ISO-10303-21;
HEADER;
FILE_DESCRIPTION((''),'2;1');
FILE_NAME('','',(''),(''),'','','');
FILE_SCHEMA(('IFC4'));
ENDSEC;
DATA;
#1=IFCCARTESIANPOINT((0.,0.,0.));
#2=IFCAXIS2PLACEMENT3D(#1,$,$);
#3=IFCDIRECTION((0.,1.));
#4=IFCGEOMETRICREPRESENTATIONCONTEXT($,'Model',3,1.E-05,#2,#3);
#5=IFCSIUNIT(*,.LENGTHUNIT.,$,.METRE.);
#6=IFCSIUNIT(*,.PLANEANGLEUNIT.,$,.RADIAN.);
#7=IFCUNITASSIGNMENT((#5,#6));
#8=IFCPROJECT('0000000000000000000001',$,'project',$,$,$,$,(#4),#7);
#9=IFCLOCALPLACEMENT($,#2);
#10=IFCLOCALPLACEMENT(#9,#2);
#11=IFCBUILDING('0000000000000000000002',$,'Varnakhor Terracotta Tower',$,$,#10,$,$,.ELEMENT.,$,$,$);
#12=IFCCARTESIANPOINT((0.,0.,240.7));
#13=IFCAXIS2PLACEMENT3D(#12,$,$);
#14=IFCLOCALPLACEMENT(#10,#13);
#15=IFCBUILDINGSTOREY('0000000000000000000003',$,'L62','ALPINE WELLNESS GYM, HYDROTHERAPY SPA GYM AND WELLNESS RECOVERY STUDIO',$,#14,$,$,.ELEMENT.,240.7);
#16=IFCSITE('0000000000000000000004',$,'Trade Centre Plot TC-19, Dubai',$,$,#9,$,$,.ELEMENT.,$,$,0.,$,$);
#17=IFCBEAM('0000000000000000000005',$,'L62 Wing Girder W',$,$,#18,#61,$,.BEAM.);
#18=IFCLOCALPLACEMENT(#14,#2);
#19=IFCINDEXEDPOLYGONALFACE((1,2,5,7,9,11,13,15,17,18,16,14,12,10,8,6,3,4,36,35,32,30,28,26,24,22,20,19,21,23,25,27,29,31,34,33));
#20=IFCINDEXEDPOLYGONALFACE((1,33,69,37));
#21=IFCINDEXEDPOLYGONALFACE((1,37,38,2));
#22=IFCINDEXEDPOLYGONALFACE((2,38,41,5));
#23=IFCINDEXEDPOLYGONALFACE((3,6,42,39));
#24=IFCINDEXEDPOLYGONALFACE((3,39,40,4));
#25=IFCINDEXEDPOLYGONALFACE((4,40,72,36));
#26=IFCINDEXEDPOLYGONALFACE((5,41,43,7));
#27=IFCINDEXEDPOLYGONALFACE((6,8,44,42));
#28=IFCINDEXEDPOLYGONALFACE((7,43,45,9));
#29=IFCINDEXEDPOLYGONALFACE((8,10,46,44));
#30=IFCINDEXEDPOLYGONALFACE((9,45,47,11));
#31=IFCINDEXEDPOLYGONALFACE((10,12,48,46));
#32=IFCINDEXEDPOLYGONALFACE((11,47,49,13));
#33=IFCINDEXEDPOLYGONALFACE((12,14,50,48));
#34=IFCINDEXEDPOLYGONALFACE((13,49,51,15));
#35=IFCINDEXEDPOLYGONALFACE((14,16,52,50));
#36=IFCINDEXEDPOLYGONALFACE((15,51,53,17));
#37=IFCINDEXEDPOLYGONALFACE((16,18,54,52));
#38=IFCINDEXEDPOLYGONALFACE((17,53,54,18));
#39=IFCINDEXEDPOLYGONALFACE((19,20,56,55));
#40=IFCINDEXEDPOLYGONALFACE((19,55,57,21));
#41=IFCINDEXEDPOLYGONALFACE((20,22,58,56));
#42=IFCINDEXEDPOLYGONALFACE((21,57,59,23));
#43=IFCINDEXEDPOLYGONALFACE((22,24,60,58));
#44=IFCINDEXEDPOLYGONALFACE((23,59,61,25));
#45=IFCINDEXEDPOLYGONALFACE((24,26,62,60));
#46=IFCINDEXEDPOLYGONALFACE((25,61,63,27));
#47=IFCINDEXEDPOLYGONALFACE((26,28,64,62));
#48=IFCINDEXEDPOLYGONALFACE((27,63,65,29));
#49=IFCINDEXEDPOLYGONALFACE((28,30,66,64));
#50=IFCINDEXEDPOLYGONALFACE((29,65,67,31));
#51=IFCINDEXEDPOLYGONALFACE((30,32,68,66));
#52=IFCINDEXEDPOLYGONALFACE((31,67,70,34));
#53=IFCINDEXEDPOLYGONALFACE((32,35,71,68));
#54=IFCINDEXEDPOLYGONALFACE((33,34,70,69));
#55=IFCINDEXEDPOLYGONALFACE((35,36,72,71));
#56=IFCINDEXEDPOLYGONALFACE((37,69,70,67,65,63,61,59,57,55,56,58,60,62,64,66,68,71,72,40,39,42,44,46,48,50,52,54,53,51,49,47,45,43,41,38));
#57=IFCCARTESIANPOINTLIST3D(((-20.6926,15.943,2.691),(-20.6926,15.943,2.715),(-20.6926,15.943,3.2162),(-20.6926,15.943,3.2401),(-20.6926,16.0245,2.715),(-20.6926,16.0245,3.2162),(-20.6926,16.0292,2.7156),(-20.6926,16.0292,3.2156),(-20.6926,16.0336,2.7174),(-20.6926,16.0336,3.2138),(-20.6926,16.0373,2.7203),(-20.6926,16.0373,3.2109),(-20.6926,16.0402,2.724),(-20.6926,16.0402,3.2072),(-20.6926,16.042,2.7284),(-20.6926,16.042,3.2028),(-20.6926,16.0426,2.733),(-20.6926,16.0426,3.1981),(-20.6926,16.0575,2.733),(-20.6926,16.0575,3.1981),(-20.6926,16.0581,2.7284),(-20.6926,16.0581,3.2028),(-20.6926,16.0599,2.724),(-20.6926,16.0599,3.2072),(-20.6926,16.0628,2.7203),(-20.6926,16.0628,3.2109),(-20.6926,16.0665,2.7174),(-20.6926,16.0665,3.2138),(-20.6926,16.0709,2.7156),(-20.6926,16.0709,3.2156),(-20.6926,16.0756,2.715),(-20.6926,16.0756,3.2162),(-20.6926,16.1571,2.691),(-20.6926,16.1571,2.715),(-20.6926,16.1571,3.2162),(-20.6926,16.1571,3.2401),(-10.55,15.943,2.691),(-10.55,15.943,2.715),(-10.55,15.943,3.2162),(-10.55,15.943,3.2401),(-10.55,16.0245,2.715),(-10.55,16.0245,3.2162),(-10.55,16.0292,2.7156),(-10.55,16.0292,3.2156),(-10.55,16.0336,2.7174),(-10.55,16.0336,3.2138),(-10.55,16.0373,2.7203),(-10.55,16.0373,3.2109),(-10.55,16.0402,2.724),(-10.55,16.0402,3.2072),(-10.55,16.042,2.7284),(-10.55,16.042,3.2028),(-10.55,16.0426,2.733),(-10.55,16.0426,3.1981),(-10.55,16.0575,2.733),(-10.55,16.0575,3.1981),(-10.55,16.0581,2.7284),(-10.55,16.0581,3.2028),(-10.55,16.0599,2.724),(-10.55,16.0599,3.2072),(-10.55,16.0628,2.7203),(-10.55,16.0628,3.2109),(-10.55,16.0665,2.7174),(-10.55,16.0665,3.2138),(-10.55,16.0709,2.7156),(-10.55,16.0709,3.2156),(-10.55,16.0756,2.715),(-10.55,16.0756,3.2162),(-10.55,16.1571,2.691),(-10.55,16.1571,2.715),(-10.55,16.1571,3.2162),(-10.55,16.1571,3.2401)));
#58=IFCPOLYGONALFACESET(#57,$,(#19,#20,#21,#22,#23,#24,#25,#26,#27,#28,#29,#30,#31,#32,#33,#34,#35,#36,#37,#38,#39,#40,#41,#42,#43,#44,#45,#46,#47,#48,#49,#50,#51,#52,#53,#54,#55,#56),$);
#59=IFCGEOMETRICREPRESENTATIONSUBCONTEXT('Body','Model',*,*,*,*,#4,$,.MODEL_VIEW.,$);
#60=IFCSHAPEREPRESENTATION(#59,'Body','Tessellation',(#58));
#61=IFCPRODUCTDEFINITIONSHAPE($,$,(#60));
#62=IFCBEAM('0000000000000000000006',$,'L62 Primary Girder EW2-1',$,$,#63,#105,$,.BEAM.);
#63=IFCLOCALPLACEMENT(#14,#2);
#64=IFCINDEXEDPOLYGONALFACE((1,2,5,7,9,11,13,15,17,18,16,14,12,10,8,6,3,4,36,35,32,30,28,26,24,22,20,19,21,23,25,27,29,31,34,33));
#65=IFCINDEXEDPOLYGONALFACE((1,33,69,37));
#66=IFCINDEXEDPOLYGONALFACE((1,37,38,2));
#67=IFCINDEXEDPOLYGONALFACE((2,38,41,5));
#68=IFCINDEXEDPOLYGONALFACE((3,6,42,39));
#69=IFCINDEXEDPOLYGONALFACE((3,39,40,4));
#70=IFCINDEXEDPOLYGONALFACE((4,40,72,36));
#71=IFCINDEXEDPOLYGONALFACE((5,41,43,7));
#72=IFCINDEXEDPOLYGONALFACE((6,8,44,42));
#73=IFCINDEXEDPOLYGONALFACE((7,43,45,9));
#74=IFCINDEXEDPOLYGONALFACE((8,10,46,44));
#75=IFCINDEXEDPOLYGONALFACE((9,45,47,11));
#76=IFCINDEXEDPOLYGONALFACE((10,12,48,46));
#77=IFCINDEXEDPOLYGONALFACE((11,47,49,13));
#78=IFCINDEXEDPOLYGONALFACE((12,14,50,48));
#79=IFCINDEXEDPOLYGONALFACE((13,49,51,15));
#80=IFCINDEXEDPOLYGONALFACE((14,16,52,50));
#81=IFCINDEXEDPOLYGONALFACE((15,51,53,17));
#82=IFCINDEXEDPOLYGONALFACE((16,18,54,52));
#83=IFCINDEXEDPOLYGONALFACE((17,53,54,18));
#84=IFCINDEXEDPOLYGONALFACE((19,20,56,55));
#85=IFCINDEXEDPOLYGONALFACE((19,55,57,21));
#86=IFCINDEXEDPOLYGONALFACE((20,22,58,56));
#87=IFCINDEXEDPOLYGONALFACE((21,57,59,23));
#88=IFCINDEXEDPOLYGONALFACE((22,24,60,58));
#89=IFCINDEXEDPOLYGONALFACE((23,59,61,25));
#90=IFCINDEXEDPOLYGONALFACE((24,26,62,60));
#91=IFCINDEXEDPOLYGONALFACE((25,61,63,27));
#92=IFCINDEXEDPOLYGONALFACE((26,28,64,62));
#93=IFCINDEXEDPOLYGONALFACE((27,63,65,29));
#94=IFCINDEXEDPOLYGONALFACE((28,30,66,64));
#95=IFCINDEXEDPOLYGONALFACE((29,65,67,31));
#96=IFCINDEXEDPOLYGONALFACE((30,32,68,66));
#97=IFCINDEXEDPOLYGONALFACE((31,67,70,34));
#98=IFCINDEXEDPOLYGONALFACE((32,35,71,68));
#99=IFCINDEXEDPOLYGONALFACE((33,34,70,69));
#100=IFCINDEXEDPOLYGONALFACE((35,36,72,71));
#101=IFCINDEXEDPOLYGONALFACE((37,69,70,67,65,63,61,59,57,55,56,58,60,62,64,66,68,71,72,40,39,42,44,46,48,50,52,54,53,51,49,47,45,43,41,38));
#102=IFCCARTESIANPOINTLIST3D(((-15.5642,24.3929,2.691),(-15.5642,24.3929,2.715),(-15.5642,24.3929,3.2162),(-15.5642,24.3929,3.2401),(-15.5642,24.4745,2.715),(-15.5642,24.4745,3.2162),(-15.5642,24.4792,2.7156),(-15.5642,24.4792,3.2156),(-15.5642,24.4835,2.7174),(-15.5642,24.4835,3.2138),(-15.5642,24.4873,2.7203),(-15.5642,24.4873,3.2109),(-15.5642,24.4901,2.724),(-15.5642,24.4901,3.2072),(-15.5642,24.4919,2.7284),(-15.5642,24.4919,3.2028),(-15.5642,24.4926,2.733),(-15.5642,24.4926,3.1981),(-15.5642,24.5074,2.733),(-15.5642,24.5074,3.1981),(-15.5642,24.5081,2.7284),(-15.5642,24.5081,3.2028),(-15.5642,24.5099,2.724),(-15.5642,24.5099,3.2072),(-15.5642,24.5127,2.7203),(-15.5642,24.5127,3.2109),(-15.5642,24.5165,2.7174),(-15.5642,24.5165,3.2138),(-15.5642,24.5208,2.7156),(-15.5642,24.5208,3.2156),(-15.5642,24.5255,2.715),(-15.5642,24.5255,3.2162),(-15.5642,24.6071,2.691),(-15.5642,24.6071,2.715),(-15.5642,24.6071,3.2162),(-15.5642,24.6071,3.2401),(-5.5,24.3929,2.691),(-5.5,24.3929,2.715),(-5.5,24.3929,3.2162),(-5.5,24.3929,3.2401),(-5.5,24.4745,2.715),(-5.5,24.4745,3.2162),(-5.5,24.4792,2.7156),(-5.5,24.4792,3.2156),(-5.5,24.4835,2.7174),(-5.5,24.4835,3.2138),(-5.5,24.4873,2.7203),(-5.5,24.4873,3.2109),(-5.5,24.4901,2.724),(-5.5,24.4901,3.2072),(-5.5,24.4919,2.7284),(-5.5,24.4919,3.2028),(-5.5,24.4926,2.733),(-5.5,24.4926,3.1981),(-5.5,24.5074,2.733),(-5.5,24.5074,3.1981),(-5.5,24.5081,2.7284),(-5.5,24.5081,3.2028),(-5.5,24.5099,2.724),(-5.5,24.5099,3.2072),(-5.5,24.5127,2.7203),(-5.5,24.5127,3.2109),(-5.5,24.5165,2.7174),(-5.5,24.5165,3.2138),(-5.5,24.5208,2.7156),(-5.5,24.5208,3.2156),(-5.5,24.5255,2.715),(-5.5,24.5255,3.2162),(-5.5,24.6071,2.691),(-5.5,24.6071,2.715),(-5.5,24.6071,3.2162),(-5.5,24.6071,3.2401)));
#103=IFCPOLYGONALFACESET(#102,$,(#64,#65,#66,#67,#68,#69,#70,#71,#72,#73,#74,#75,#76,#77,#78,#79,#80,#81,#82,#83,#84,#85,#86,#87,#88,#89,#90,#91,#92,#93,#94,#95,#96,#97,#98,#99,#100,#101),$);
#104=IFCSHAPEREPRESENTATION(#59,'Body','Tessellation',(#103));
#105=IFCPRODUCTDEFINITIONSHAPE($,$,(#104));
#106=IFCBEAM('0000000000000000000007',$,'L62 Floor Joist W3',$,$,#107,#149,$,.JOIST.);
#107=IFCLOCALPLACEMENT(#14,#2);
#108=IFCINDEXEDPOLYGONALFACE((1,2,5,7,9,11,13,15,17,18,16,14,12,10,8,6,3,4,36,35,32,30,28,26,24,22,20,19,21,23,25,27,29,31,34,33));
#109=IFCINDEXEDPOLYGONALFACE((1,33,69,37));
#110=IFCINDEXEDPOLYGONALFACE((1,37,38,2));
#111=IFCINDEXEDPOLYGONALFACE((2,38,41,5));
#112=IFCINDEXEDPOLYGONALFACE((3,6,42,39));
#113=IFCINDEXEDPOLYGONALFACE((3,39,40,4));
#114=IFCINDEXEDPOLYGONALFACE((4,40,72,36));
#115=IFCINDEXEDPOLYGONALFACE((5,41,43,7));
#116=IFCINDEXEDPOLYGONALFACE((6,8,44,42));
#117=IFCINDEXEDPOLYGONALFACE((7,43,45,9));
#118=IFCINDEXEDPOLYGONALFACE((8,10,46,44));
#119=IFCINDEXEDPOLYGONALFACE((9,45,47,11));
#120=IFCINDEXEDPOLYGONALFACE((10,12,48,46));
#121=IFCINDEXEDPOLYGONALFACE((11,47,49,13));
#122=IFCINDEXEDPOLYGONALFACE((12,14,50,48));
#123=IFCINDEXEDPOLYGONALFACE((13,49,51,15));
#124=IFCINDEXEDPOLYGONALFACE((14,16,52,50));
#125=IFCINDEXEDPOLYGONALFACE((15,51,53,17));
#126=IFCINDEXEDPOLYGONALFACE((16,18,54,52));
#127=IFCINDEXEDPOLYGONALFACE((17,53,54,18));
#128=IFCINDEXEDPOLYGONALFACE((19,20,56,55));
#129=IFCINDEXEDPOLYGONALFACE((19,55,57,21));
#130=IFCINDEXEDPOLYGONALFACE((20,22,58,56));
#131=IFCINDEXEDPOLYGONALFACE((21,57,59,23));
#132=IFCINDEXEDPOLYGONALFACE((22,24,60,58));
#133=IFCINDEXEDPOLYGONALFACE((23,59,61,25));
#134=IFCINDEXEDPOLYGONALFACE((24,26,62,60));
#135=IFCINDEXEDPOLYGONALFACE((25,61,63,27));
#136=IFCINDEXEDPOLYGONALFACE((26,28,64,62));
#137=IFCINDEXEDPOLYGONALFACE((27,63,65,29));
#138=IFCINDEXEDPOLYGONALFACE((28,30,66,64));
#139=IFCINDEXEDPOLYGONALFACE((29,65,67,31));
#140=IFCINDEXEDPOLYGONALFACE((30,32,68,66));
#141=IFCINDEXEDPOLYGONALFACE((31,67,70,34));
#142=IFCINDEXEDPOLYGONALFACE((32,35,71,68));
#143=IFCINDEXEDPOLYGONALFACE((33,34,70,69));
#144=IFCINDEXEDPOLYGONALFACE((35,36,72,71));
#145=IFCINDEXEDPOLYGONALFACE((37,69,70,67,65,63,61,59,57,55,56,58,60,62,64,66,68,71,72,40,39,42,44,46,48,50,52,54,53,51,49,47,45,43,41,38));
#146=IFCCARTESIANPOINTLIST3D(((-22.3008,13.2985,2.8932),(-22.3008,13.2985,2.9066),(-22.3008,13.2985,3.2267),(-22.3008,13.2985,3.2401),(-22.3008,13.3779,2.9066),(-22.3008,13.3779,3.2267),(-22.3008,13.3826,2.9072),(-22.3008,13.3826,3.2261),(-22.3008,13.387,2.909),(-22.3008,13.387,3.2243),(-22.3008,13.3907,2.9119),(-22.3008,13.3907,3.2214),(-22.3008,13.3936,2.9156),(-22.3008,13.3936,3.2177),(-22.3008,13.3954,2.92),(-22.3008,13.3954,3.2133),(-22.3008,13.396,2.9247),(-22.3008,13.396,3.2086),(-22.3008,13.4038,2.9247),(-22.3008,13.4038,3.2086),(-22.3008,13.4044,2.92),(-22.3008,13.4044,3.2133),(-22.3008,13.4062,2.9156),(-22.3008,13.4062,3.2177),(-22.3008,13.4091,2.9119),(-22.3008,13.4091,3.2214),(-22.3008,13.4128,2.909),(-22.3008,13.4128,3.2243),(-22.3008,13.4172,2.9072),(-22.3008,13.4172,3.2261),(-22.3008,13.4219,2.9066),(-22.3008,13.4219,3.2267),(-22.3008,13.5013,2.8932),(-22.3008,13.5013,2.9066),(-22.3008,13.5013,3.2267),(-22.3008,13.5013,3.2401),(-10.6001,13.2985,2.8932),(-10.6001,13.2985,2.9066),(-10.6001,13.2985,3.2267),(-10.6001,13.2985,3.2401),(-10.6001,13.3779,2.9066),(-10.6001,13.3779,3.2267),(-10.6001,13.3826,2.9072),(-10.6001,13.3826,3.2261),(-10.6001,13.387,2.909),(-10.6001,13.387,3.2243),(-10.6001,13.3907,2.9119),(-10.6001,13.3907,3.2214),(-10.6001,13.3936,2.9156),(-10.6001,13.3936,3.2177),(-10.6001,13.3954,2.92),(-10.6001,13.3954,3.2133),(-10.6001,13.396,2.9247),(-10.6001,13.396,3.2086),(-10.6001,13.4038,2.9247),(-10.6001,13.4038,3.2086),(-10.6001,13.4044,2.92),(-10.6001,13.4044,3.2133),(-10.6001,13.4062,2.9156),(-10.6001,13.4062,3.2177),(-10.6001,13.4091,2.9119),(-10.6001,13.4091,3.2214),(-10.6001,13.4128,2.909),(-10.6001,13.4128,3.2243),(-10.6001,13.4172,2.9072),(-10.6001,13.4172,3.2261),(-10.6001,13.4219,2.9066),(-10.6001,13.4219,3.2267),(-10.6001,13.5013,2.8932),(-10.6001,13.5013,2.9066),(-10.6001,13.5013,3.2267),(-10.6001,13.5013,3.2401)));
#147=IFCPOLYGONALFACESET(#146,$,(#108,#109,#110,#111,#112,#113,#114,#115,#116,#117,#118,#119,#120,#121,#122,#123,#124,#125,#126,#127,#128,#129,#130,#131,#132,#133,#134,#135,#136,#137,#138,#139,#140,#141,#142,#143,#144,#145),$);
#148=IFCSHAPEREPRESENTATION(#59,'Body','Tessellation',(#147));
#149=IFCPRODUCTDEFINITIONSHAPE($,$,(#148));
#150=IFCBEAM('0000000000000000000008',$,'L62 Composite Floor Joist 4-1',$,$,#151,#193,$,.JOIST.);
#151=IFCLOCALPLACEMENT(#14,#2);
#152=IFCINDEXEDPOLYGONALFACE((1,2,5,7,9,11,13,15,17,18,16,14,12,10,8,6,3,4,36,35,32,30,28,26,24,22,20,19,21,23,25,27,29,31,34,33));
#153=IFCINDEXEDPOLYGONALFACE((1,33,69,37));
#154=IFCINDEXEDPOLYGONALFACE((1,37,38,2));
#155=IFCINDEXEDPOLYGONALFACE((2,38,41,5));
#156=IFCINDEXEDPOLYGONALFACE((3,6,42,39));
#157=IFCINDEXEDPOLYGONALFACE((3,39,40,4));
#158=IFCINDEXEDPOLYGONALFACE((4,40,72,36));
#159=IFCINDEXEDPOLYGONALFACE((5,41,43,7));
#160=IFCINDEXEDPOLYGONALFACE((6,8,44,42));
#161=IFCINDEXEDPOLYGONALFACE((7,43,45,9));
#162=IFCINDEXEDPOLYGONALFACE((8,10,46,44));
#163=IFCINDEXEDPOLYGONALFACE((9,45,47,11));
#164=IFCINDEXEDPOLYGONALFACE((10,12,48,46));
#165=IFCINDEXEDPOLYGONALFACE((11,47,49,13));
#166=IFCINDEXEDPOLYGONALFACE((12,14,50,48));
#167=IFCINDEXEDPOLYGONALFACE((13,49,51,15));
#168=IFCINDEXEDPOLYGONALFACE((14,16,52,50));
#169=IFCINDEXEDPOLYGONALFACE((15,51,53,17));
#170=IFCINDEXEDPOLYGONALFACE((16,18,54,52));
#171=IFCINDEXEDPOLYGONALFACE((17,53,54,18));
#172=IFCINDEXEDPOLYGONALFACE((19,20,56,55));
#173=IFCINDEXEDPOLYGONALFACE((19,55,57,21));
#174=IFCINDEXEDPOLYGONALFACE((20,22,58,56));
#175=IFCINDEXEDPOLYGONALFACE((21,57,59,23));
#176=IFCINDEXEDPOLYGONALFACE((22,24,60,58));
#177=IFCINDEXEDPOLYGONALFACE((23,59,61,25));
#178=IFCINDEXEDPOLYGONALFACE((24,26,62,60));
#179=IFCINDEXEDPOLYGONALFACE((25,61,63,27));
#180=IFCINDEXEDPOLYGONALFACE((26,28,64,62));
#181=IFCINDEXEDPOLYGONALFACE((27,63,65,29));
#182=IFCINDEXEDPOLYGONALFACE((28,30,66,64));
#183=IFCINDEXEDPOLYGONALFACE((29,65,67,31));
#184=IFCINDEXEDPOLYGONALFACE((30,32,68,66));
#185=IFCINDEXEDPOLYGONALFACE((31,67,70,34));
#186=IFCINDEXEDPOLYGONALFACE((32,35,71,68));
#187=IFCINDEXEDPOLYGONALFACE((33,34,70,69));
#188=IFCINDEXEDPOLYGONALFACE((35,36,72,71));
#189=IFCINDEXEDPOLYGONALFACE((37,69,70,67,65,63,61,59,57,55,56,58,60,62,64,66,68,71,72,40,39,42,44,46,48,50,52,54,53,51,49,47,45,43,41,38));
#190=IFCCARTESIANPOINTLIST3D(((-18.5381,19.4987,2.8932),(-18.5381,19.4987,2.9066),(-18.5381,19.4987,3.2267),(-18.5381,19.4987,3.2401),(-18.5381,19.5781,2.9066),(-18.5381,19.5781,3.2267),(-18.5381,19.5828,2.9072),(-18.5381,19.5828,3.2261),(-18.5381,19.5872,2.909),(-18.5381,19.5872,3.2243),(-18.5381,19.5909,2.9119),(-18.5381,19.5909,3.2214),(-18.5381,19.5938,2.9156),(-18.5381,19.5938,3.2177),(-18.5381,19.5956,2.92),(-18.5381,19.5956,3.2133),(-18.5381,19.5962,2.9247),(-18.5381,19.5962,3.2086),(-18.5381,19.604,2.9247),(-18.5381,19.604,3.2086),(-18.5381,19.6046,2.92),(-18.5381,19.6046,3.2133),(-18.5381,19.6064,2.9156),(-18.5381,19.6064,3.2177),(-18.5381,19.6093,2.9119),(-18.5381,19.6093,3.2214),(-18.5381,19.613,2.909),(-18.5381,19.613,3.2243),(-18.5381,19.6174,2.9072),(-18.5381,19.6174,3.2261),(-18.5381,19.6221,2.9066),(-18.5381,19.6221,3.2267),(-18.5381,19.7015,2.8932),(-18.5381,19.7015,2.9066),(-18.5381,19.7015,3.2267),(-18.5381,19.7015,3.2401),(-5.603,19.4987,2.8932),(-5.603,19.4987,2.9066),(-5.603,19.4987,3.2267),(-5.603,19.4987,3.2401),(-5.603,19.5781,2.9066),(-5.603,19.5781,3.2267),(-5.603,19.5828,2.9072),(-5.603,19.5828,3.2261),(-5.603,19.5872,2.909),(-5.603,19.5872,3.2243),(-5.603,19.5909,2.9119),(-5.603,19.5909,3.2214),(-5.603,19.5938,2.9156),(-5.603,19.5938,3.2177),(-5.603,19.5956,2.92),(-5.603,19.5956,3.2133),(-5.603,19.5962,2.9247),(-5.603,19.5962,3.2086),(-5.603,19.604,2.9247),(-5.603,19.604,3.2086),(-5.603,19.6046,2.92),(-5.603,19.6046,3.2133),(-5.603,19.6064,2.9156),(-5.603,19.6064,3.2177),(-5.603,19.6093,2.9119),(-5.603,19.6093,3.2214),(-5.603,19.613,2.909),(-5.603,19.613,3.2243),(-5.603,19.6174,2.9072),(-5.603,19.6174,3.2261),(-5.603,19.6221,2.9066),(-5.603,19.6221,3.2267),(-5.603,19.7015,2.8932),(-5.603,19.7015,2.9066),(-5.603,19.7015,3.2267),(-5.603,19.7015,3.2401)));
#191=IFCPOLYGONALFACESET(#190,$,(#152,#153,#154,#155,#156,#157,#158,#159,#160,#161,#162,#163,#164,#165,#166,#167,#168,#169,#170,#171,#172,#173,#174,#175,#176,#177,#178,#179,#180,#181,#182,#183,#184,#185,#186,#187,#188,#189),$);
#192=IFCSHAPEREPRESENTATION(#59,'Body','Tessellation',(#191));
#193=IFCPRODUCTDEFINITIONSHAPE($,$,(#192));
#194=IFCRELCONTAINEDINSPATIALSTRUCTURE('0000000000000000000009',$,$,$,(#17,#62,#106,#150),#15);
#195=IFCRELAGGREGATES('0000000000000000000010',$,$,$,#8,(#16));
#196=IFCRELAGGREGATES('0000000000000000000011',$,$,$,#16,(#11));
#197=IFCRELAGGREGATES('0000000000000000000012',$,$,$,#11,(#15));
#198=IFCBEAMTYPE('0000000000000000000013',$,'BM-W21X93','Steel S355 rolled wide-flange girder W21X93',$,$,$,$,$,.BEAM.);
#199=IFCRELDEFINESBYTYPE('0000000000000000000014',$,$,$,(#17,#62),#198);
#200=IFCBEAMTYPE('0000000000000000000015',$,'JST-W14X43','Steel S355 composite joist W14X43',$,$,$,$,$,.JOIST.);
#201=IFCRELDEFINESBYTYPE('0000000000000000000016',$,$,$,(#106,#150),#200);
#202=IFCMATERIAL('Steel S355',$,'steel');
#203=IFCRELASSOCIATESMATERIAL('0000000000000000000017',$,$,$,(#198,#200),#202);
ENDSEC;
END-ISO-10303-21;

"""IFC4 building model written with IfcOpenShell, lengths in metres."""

from ifc_helpers import new_model, si_unit, direction, frame, origin, origin_2d, place, context, subcontext, project, spatial, i_section, extrude, source, transform, mapped, material, material_profile, profile_set, type_object, element, save


model = new_model("IFC4")

# Units and contexts
model_context = context("Model", 3, precision=1e-05, world=origin(), true_north=direction((0.0, 1.0)))
body_context = subcontext(model_context, "Body", "Model", "MODEL_VIEW")
ifc_project = project(units=[si_unit("LENGTHUNIT", "METRE"), si_unit("PLANEANGLEUNIT", "RADIAN")], contexts=[model_context])

# Site, building, storey
site_placement = place(None, origin())
site = spatial("IfcSite", under=ifc_project, at=site_placement, Name="Trade Centre Plot TC-19, Dubai", CompositionType="ELEMENT", RefElevation=0.0)
building_placement = place(site_placement, origin())
building = spatial("IfcBuilding", under=site, at=building_placement, Name="Varnakhor Terracotta Tower", CompositionType="ELEMENT")
storey_placement = place(building_placement, frame((0.0, 0.0, 240.7)))
storey = spatial("IfcBuildingStorey", under=building, at=storey_placement, Name="L62", Description="ALPINE WELLNESS GYM, HYDROTHERAPY SPA GYM AND WELLNESS RECOVERY STUDIO", CompositionType="ELEMENT", Elevation=240.7)

# Beams
ifc_material_1 = material(Name="Steel S355", Category="steel")
ifc_material_profile_1 = material_profile(ifc_material_1, i_section(OverallWidth=0.2141, OverallDepth=0.5491, WebThickness=0.0149, FlangeThickness=0.0239, FilletRadius=0.0181, at=origin_2d()), Name="W21X93")
ifc_profile_set_1 = profile_set([ifc_material_profile_1], Name="Steel S355")
beam_type_1 = type_object("IfcBeamType", Name="BM-W21X93", Description="Steel S355 rolled wide-flange girder W21X93", PredefinedType="BEAM", material=ifc_profile_set_1)
shared_shape_1 = source(origin(), body_context, "Body", "SweptSolid", [
    extrude(i_section(OverallWidth=0.2141, OverallDepth=0.5491, WebThickness=0.0149, FlangeThickness=0.0239, FilletRadius=0.0181, at=origin_2d()), origin(), (0.0, 0.0, 1.0), 10.1426),
])
beam_1_placement = place(storey_placement, frame((-20.6926, 16.05, 2.9656), z_axis=(1.0, 0.0, 0.0), x_axis=(0.0, 1.0, 0.0)))
element("IfcBeam", 1, at=beam_1_placement, inside=storey, type_object=beam_type_1, Name="L62 Wing Girder W", PredefinedType="BEAM", context=body_context, shape_type="MappedRepresentation", body=[
    mapped(shared_shape_1, transform((0.0, 0.0, 0.0), scale=1.0)),
])
shared_shape_2 = source(origin(), body_context, "Body", "SweptSolid", [
    extrude(i_section(OverallWidth=0.2141, OverallDepth=0.5491, WebThickness=0.0149, FlangeThickness=0.0239, FilletRadius=0.0181, at=origin_2d()), origin(), (0.0, 0.0, 1.0), 10.0642),
])
beam_2_placement = place(storey_placement, frame((-15.5642, 24.5, 2.9656), z_axis=(1.0, 0.0, 0.0), x_axis=(0.0, 1.0, 0.0)))
element("IfcBeam", 2, at=beam_2_placement, inside=storey, type_object=beam_type_1, Name="L62 Primary Girder EW2-1", PredefinedType="BEAM", context=body_context, shape_type="MappedRepresentation", body=[
    mapped(shared_shape_2, transform((0.0, 0.0, 0.0), scale=1.0)),
])
ifc_material_profile_2 = material_profile(ifc_material_1, i_section(OverallWidth=0.2029, OverallDepth=0.3469, WebThickness=0.0078, FlangeThickness=0.0134, FilletRadius=0.0181, at=origin_2d()), Name="W14X43")
ifc_profile_set_2 = profile_set([ifc_material_profile_2], Name="Steel S355")
beam_type_2 = type_object("IfcBeamType", Name="JST-W14X43", Description="Steel S355 composite joist W14X43", PredefinedType="JOIST", material=ifc_profile_set_2)
shared_shape_3 = source(origin(), body_context, "Body", "SweptSolid", [
    extrude(i_section(OverallWidth=0.2029, OverallDepth=0.3469, WebThickness=0.0078, FlangeThickness=0.0134, FilletRadius=0.0181, at=origin_2d()), origin(), (0.0, 0.0, 1.0), 11.7007),
])
beam_3_placement = place(storey_placement, frame((-22.3008, 13.3999, 3.0667), z_axis=(1.0, 0.0, 0.0), x_axis=(0.0, 1.0, 0.0)))
element("IfcBeam", 3, at=beam_3_placement, inside=storey, type_object=beam_type_2, Name="L62 Floor Joist W3", PredefinedType="JOIST", context=body_context, shape_type="MappedRepresentation", body=[
    mapped(shared_shape_3, transform((0.0, 0.0, 0.0), scale=1.0)),
])
shared_shape_4 = source(origin(), body_context, "Body", "SweptSolid", [
    extrude(i_section(OverallWidth=0.2029, OverallDepth=0.3469, WebThickness=0.0078, FlangeThickness=0.0134, FilletRadius=0.0181, at=origin_2d()), origin(), (0.0, 0.0, 1.0), 12.9351),
])
beam_4_placement = place(storey_placement, frame((-18.5381, 19.6001, 3.0667), z_axis=(1.0, 0.0, 0.0), x_axis=(0.0, 1.0, 0.0)))
element("IfcBeam", 4, at=beam_4_placement, inside=storey, type_object=beam_type_2, Name="L62 Composite Floor Joist 4-1", PredefinedType="JOIST", context=body_context, shape_type="MappedRepresentation", body=[
    mapped(shared_shape_4, transform((0.0, 0.0, 0.0), scale=1.0)),
])

save(model, "model.ifc")
